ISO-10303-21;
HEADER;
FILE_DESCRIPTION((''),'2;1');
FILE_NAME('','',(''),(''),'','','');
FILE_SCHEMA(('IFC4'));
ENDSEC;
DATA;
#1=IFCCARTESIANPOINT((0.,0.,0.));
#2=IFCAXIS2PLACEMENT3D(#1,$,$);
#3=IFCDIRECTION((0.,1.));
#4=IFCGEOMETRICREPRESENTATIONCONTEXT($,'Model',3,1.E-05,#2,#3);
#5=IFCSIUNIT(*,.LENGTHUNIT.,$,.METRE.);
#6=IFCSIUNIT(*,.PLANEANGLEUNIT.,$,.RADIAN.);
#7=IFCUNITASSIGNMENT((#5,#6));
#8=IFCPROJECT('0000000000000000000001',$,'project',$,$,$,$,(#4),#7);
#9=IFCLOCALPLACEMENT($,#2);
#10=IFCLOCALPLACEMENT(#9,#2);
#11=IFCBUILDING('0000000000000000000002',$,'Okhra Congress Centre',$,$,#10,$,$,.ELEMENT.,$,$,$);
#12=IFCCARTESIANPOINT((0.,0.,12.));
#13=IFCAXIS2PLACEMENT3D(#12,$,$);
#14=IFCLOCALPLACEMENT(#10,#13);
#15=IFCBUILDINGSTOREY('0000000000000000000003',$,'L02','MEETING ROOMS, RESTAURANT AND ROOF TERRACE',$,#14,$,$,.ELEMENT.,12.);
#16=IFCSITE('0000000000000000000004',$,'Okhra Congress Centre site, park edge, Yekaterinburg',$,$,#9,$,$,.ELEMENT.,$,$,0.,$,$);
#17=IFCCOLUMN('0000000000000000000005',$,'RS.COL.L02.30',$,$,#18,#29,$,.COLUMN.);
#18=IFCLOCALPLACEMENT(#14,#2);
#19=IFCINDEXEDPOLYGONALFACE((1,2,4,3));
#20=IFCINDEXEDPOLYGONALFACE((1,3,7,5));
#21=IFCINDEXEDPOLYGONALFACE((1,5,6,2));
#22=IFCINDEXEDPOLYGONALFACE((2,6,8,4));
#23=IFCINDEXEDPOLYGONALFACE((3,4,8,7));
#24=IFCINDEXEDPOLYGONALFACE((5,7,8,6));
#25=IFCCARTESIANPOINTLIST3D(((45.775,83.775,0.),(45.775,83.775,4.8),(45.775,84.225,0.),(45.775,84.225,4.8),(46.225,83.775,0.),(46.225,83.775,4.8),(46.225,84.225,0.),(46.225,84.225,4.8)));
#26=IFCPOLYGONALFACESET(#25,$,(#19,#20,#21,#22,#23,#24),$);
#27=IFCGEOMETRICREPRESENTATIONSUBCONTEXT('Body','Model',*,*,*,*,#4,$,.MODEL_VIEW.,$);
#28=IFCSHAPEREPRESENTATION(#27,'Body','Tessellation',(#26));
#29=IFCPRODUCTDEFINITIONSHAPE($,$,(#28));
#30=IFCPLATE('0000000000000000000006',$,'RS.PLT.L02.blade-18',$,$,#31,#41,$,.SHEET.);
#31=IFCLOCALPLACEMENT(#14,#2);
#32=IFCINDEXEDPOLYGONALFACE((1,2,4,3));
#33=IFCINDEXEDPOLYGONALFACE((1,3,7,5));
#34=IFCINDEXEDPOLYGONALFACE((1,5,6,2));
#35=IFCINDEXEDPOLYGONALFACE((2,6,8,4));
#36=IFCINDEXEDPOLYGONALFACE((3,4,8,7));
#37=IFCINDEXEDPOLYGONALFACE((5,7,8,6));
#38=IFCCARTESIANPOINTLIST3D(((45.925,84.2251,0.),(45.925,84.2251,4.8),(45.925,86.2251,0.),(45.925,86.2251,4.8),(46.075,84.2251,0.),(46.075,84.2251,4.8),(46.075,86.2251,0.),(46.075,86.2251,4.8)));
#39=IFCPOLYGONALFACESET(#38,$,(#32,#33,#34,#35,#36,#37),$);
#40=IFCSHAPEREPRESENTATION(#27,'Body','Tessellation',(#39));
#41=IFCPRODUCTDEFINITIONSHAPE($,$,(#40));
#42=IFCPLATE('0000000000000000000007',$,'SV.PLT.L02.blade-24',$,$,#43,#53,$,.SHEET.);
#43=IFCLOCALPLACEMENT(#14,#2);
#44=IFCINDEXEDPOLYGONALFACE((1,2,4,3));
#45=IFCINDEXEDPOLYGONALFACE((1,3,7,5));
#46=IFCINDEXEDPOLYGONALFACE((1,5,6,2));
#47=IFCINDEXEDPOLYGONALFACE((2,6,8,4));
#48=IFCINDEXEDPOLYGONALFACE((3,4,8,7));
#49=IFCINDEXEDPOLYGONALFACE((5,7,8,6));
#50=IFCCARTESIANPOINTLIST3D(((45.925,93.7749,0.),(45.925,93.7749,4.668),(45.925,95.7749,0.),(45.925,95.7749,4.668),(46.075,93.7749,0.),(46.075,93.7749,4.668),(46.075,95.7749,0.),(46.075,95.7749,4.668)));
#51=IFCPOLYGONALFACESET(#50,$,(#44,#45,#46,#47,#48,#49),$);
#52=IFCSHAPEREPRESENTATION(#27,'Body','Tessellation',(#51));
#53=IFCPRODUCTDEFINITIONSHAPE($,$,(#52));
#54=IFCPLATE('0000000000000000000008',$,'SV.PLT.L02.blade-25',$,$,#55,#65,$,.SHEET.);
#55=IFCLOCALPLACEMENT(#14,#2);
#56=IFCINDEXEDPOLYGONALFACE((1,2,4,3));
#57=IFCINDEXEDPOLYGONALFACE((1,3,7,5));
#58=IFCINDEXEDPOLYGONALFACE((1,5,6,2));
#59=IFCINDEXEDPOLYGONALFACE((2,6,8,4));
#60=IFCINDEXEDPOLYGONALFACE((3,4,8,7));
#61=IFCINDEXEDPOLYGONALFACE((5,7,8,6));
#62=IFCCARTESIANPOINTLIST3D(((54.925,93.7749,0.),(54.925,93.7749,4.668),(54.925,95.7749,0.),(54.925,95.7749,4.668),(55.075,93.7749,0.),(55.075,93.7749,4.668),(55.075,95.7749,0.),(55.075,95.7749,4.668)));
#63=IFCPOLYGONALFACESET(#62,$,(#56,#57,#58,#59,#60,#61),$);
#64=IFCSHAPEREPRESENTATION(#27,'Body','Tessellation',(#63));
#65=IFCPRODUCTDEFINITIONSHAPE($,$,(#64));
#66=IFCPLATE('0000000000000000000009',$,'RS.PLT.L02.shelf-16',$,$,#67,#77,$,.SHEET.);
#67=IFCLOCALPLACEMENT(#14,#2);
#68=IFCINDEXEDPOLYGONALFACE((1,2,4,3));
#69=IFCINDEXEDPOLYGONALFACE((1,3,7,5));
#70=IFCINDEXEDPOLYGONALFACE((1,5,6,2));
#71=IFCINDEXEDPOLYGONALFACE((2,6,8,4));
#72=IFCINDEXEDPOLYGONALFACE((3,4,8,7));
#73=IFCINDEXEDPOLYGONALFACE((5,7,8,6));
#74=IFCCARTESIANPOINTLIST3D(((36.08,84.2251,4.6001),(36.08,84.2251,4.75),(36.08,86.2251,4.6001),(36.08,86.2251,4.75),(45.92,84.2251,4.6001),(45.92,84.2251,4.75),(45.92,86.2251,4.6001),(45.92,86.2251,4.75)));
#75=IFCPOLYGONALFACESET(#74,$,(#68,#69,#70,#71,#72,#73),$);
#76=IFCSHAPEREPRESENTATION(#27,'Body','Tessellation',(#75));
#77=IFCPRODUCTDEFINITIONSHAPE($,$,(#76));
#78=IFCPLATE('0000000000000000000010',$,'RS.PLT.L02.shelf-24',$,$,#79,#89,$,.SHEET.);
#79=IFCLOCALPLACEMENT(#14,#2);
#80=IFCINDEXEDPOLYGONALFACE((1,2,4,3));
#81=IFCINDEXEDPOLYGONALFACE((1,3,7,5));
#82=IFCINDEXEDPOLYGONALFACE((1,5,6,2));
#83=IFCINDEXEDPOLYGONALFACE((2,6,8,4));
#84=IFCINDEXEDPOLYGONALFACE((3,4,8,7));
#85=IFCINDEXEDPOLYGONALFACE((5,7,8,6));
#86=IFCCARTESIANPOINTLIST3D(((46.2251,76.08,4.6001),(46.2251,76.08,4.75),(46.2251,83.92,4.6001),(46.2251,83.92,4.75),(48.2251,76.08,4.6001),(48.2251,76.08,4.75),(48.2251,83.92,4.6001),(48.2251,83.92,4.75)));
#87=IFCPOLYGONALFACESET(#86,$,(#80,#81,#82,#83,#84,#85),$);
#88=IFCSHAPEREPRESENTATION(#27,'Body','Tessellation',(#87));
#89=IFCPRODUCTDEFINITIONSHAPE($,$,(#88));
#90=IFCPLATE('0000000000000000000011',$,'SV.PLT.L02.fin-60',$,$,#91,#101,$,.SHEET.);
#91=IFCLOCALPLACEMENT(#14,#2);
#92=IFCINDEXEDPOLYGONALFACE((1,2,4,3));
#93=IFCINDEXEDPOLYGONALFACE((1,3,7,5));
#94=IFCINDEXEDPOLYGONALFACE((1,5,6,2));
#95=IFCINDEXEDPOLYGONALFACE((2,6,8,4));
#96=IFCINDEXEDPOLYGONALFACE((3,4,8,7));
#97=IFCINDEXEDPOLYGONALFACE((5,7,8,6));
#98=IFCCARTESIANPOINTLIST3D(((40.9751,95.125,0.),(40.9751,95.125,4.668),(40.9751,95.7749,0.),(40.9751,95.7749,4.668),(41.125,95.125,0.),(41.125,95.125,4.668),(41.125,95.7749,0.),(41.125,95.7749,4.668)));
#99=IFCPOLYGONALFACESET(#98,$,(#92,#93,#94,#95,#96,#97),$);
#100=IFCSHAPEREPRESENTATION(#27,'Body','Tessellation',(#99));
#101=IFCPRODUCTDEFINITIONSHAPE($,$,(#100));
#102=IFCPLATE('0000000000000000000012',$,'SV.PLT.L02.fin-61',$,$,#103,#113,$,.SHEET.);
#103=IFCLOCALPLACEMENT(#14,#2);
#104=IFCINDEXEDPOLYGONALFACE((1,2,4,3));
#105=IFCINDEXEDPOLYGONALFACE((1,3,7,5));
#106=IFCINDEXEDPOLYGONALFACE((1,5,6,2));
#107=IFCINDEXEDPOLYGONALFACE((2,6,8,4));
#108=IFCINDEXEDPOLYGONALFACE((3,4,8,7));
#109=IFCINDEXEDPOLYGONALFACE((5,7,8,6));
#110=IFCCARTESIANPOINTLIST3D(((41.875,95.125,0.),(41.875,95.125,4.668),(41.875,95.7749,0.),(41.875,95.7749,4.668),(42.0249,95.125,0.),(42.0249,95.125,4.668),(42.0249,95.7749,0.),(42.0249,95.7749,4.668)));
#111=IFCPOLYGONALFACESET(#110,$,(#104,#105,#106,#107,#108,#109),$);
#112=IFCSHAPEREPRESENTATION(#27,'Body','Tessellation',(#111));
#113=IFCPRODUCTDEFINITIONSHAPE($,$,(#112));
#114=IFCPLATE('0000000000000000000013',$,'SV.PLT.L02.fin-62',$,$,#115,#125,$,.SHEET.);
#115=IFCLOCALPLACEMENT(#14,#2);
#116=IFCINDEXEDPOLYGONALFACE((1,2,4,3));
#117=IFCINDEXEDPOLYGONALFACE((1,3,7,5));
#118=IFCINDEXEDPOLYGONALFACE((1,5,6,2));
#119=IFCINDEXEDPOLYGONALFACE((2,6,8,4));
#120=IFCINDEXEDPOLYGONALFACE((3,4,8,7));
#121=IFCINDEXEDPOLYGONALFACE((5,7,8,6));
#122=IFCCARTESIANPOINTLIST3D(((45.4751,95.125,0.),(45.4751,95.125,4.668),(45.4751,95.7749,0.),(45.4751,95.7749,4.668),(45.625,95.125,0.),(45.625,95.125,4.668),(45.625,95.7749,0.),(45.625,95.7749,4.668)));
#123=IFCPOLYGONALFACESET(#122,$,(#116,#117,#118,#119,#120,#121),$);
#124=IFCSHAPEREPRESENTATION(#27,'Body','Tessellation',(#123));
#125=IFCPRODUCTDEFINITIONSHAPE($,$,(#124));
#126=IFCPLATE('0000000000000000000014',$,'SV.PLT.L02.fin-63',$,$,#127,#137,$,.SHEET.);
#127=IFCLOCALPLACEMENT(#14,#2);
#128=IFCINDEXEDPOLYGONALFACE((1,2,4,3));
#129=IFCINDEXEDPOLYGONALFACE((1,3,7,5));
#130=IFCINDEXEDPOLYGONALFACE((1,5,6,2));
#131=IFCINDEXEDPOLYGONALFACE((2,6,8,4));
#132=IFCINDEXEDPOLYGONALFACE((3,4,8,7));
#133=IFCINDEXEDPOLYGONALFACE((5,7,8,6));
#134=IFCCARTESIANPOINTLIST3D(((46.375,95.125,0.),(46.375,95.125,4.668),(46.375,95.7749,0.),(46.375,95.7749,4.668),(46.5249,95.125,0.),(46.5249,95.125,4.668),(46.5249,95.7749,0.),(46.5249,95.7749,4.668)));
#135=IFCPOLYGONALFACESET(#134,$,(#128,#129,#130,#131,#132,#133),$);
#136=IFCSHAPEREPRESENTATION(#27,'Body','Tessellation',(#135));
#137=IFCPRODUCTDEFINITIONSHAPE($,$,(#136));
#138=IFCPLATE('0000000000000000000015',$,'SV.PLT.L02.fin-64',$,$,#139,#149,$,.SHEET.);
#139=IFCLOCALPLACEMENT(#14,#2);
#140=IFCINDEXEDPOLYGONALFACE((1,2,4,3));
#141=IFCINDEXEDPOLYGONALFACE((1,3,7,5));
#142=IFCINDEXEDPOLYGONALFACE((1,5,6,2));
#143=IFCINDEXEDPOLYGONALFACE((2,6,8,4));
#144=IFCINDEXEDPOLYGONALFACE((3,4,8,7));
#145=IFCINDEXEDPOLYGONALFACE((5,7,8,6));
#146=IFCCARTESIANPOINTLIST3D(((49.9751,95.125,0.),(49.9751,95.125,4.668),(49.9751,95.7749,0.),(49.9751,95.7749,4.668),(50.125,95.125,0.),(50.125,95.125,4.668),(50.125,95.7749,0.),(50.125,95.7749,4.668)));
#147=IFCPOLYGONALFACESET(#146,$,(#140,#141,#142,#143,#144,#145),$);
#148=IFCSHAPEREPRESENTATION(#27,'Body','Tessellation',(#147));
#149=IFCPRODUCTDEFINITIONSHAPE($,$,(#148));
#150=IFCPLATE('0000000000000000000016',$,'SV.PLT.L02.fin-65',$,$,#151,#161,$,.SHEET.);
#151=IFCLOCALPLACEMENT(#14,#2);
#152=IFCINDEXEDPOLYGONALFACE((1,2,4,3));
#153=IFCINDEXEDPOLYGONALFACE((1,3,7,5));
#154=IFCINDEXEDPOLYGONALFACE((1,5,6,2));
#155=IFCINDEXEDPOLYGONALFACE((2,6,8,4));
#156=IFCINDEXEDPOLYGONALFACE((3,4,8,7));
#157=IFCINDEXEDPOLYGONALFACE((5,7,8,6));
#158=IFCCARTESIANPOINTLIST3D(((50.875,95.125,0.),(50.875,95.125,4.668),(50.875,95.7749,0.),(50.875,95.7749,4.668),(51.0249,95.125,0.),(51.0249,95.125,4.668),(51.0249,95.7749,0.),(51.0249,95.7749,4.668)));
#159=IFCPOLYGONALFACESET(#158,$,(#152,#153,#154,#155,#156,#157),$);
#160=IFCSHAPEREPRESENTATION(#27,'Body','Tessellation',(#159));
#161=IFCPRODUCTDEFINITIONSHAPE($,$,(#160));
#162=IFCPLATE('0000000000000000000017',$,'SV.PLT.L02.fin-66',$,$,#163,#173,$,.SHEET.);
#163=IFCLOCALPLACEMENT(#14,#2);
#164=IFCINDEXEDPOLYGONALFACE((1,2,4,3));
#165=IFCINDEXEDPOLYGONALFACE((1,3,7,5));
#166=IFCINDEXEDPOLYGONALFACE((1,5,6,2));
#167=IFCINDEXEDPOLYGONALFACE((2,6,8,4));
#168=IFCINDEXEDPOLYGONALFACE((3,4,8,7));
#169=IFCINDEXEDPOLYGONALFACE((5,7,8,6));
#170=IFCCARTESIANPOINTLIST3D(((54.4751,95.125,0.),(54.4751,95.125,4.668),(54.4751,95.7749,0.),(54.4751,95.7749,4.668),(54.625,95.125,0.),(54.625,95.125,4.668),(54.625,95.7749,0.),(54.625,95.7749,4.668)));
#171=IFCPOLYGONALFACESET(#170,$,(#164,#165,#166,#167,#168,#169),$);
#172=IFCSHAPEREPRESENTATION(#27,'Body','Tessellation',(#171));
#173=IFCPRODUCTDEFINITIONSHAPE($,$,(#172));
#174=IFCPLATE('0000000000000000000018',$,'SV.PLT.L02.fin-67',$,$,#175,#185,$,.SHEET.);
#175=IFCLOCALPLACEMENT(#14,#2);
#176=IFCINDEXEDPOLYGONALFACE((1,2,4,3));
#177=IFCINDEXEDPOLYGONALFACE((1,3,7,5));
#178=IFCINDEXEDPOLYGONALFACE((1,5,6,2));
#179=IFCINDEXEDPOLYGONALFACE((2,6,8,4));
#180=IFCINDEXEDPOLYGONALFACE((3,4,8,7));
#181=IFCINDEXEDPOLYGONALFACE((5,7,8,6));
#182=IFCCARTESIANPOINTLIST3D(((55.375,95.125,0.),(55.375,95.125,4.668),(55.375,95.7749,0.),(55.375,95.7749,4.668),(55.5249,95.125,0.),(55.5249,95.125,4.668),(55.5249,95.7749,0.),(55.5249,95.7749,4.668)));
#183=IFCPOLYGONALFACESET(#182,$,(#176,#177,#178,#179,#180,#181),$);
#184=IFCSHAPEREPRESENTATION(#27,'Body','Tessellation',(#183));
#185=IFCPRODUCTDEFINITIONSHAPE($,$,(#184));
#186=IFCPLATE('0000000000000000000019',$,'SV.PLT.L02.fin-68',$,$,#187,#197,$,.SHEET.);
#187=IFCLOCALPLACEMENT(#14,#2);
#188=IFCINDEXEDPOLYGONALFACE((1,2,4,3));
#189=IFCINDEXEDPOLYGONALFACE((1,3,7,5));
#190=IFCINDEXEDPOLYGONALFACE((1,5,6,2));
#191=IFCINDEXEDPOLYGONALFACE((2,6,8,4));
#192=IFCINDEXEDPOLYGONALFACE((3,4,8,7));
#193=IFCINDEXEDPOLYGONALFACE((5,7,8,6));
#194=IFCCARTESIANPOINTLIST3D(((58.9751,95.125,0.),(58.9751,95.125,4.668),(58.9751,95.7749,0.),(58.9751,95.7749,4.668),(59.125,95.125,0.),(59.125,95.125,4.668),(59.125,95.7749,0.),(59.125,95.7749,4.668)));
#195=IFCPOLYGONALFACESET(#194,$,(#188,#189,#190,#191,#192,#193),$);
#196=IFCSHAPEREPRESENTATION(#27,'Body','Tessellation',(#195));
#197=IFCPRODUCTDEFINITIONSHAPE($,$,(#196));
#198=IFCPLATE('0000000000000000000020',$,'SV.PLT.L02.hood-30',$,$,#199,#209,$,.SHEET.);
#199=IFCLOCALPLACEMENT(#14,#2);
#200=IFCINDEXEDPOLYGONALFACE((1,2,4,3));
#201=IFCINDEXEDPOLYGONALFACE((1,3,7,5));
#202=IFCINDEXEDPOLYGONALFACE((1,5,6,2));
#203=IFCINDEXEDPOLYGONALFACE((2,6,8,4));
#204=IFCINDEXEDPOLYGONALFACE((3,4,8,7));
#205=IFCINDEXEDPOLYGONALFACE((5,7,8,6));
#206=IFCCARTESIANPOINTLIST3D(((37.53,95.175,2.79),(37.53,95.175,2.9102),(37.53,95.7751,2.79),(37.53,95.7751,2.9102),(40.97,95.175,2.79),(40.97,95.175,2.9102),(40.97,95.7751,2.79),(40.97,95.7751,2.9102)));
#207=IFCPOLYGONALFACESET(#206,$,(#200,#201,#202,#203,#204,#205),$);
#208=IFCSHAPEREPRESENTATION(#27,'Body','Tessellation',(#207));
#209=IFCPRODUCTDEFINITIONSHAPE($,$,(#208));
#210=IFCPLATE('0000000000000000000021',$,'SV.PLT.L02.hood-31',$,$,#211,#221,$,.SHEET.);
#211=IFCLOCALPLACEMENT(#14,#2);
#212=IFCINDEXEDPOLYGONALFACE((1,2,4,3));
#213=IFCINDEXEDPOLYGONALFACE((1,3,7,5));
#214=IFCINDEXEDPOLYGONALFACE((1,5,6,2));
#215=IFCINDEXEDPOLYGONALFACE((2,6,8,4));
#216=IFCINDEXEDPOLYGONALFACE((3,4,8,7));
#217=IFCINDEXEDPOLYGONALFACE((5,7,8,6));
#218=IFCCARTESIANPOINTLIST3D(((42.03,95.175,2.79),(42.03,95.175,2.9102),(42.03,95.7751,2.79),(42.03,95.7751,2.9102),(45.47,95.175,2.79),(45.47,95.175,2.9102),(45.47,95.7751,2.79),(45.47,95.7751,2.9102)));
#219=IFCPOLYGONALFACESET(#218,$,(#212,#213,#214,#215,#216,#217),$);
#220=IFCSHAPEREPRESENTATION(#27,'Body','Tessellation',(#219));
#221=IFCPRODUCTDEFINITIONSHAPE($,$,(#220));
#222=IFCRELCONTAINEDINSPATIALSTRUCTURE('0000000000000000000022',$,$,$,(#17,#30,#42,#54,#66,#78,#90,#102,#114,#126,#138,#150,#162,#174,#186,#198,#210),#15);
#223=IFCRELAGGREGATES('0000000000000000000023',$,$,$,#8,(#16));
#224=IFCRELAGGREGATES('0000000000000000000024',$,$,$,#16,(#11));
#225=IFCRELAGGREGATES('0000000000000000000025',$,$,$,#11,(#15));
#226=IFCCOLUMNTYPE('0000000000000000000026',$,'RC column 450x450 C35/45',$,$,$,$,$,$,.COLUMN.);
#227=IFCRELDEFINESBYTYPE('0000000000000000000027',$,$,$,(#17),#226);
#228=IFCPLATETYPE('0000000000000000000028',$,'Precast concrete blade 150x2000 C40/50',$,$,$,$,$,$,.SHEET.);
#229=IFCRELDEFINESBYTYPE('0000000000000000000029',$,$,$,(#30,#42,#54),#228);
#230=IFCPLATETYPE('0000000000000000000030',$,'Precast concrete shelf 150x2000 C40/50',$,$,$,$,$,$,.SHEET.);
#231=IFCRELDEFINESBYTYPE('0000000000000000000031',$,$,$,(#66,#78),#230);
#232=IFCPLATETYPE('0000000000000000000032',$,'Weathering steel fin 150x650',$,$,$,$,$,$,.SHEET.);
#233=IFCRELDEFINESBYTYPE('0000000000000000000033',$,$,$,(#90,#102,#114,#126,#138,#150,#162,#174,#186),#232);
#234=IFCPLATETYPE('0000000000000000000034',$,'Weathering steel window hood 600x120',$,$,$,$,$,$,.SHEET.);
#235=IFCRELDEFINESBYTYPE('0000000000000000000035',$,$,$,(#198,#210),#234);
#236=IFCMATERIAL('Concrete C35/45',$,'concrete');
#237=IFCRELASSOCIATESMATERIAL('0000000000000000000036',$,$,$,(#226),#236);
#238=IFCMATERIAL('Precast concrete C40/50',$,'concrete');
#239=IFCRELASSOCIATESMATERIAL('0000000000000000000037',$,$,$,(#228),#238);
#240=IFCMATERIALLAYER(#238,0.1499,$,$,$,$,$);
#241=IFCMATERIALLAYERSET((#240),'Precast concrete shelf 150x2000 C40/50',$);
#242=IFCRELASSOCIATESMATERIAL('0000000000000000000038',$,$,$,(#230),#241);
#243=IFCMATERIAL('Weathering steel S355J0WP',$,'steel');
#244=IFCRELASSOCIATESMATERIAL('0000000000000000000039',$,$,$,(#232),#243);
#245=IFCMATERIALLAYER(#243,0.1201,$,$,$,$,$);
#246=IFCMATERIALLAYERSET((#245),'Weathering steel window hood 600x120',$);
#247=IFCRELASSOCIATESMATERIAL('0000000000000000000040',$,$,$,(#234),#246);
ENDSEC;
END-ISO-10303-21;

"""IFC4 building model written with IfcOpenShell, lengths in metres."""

from ifc_helpers import new_model, si_unit, direction, frame, origin, origin_2d, place, context, subcontext, project, spatial, rectangle, extrude, material, layer, layer_set, material_profile, profile_set, type_object, element, save


model = new_model("IFC4")

# Units and contexts
model_context = context("Model", 3, precision=1e-05, world=origin(), true_north=direction((0.0, 1.0)))
body_context = subcontext(model_context, "Body", "Model", "MODEL_VIEW")
ifc_project = project(units=[si_unit("LENGTHUNIT", "METRE"), si_unit("PLANEANGLEUNIT", "RADIAN")], contexts=[model_context])

# Site, building, storey
site_placement = place(None, origin())
site = spatial("IfcSite", under=ifc_project, at=site_placement, Name="Okhra Congress Centre site, park edge, Yekaterinburg", CompositionType="ELEMENT", RefElevation=0.0)
building_placement = place(site_placement, origin())
building = spatial("IfcBuilding", under=site, at=building_placement, Name="Okhra Congress Centre", CompositionType="ELEMENT")
storey_placement = place(building_placement, frame((0.0, 0.0, 12.0)))
storey = spatial("IfcBuildingStorey", under=building, at=storey_placement, Name="L02", Description="MEETING ROOMS, RESTAURANT AND ROOF TERRACE", CompositionType="ELEMENT", Elevation=12.0)

# Column
ifc_material_1 = material(Name="Concrete C35/45", Category="concrete")
ifc_material_profile = material_profile(ifc_material_1, rectangle(XDim=0.45, YDim=0.45, at=origin_2d()), Name="RC 450x450")
ifc_profile_set = profile_set([ifc_material_profile], Name="Concrete C35/45")
column_type = type_object("IfcColumnType", Name="RC column 450x450 C35/45", PredefinedType="COLUMN", material=ifc_profile_set)
column_placement = place(storey_placement, frame((46.0, 84.0, 0.0), z_axis=(0.0, 0.0, 1.0), x_axis=(1.0, 0.0, 0.0)))
element("IfcColumn", 1, at=column_placement, inside=storey, type_object=column_type, Name="RS.COL.L02.30", PredefinedType="COLUMN", context=body_context, shape_type="SweptSolid", body=[
    extrude(rectangle(XDim=0.45, YDim=0.45, at=origin_2d()), origin(), (0.0, 0.0, 1.0), 4.8),
])

# Plates
ifc_material_2 = material(Name="Precast concrete C40/50", Category="concrete")
plate_type_1 = type_object("IfcPlateType", Name="Precast concrete blade 150x2000 C40/50", PredefinedType="SHEET", material=ifc_material_2)
plate_1_placement = place(storey_placement, frame((46.0, 85.2251, 0.0), z_axis=(0.0, 0.0, 1.0), x_axis=(-1.0, 0.0, 0.0)))
element("IfcPlate", 2, at=plate_1_placement, inside=storey, type_object=plate_type_1, Name="RS.PLT.L02.blade-18", PredefinedType="SHEET", context=body_context, shape_type="SweptSolid", body=[
    extrude(rectangle(XDim=0.1499, YDim=2.0, at=origin_2d()), origin(), (0.0, 0.0, 1.0), 4.8),
])
for number, where, z_axis, x_axis, name in (
    (3, (46.0, 94.7749, 0.0), (0.0, 0.0, 1.0), (1.0, 0.0, 0.0), "SV.PLT.L02.blade-24"),
    (4, (55.0, 94.7749, 0.0), (0.0, 0.0, 1.0), (1.0, 0.0, 0.0), "SV.PLT.L02.blade-25"),
):
    element("IfcPlate", number, at=place(storey_placement, frame(where, z_axis=z_axis, x_axis=x_axis)), inside=storey, type_object=plate_type_1, Name=name, PredefinedType="SHEET", context=body_context, shape_type="SweptSolid", body=[
        extrude(rectangle(XDim=0.1499, YDim=2.0, at=origin_2d()), origin(), (0.0, 0.0, 1.0), 4.668),
    ])
ifc_layer_1 = layer(ifc_material_2, 0.1499)
ifc_layer_set_1 = layer_set([ifc_layer_1], Name="Precast concrete shelf 150x2000 C40/50")
plate_type_2 = type_object("IfcPlateType", Name="Precast concrete shelf 150x2000 C40/50", PredefinedType="SHEET", material=ifc_layer_set_1)
plate_2_placement = place(storey_placement, frame((41.0, 85.2251, 4.6001), z_axis=(0.0, 0.0, 1.0), x_axis=(-1.0, 0.0, 0.0)))
element("IfcPlate", 5, at=plate_2_placement, inside=storey, type_object=plate_type_2, Name="RS.PLT.L02.shelf-16", PredefinedType="SHEET", context=body_context, shape_type="SweptSolid", body=[
    extrude(rectangle(XDim=9.8401, YDim=2.0, at=origin_2d()), origin(), (0.0, 0.0, 1.0), 0.1499),
])
plate_3_placement = place(storey_placement, frame((47.2251, 80.0, 4.6001), z_axis=(0.0, 0.0, 1.0), x_axis=(0.0, 1.0, 0.0)))
element("IfcPlate", 6, at=plate_3_placement, inside=storey, type_object=plate_type_2, Name="RS.PLT.L02.shelf-24", PredefinedType="SHEET", context=body_context, shape_type="SweptSolid", body=[
    extrude(rectangle(XDim=7.8401, YDim=2.0, at=origin_2d()), origin(), (0.0, 0.0, 1.0), 0.1499),
])
ifc_material_3 = material(Name="Weathering steel S355J0WP", Category="steel")
plate_type_3 = type_object("IfcPlateType", Name="Weathering steel fin 150x650", PredefinedType="SHEET", material=ifc_material_3)
for number, where, z_axis, x_axis, name in (
    (7, (41.05, 95.45, 0.0), (0.0, 0.0, 1.0), (1.0, 0.0, 0.0), "SV.PLT.L02.fin-60"),
    (8, (41.95, 95.45, 0.0), (0.0, 0.0, 1.0), (1.0, 0.0, 0.0), "SV.PLT.L02.fin-61"),
    (9, (45.55, 95.45, 0.0), (0.0, 0.0, 1.0), (1.0, 0.0, 0.0), "SV.PLT.L02.fin-62"),
    (10, (46.45, 95.45, 0.0), (0.0, 0.0, 1.0), (1.0, 0.0, 0.0), "SV.PLT.L02.fin-63"),
    (11, (50.05, 95.45, 0.0), (0.0, 0.0, 1.0), (1.0, 0.0, 0.0), "SV.PLT.L02.fin-64"),
    (12, (50.95, 95.45, 0.0), (0.0, 0.0, 1.0), (1.0, 0.0, 0.0), "SV.PLT.L02.fin-65"),
    (13, (54.55, 95.45, 0.0), (0.0, 0.0, 1.0), (1.0, 0.0, 0.0), "SV.PLT.L02.fin-66"),
    (14, (55.45, 95.45, 0.0), (0.0, 0.0, 1.0), (1.0, 0.0, 0.0), "SV.PLT.L02.fin-67"),
    (15, (59.05, 95.45, 0.0), (0.0, 0.0, 1.0), (1.0, 0.0, 0.0), "SV.PLT.L02.fin-68"),
):
    element("IfcPlate", number, at=place(storey_placement, frame(where, z_axis=z_axis, x_axis=x_axis)), inside=storey, type_object=plate_type_3, Name=name, PredefinedType="SHEET", context=body_context, shape_type="SweptSolid", body=[
        extrude(rectangle(XDim=0.1499, YDim=0.6499, at=origin_2d()), origin(), (0.0, 0.0, 1.0), 4.668),
    ])
ifc_layer_2 = layer(ifc_material_3, 0.1201)
ifc_layer_set_2 = layer_set([ifc_layer_2], Name="Weathering steel window hood 600x120")
plate_type_4 = type_object("IfcPlateType", Name="Weathering steel window hood 600x120", PredefinedType="SHEET", material=ifc_layer_set_2)
for number, where, z_axis, x_axis, name in (
    (16, (39.25, 95.4751, 2.79), (0.0, 0.0, 1.0), (1.0, 0.0, 0.0), "SV.PLT.L02.hood-30"),
    (17, (43.75, 95.4751, 2.79), (0.0, 0.0, 1.0), (1.0, 0.0, 0.0), "SV.PLT.L02.hood-31"),
):
    element("IfcPlate", number, at=place(storey_placement, frame(where, z_axis=z_axis, x_axis=x_axis)), inside=storey, type_object=plate_type_4, Name=name, PredefinedType="SHEET", context=body_context, shape_type="SweptSolid", body=[
        extrude(rectangle(XDim=3.4399, YDim=0.6001, at=origin_2d()), origin(), (0.0, 0.0, 1.0), 0.1201),
    ])

save(model, "model.ifc")
